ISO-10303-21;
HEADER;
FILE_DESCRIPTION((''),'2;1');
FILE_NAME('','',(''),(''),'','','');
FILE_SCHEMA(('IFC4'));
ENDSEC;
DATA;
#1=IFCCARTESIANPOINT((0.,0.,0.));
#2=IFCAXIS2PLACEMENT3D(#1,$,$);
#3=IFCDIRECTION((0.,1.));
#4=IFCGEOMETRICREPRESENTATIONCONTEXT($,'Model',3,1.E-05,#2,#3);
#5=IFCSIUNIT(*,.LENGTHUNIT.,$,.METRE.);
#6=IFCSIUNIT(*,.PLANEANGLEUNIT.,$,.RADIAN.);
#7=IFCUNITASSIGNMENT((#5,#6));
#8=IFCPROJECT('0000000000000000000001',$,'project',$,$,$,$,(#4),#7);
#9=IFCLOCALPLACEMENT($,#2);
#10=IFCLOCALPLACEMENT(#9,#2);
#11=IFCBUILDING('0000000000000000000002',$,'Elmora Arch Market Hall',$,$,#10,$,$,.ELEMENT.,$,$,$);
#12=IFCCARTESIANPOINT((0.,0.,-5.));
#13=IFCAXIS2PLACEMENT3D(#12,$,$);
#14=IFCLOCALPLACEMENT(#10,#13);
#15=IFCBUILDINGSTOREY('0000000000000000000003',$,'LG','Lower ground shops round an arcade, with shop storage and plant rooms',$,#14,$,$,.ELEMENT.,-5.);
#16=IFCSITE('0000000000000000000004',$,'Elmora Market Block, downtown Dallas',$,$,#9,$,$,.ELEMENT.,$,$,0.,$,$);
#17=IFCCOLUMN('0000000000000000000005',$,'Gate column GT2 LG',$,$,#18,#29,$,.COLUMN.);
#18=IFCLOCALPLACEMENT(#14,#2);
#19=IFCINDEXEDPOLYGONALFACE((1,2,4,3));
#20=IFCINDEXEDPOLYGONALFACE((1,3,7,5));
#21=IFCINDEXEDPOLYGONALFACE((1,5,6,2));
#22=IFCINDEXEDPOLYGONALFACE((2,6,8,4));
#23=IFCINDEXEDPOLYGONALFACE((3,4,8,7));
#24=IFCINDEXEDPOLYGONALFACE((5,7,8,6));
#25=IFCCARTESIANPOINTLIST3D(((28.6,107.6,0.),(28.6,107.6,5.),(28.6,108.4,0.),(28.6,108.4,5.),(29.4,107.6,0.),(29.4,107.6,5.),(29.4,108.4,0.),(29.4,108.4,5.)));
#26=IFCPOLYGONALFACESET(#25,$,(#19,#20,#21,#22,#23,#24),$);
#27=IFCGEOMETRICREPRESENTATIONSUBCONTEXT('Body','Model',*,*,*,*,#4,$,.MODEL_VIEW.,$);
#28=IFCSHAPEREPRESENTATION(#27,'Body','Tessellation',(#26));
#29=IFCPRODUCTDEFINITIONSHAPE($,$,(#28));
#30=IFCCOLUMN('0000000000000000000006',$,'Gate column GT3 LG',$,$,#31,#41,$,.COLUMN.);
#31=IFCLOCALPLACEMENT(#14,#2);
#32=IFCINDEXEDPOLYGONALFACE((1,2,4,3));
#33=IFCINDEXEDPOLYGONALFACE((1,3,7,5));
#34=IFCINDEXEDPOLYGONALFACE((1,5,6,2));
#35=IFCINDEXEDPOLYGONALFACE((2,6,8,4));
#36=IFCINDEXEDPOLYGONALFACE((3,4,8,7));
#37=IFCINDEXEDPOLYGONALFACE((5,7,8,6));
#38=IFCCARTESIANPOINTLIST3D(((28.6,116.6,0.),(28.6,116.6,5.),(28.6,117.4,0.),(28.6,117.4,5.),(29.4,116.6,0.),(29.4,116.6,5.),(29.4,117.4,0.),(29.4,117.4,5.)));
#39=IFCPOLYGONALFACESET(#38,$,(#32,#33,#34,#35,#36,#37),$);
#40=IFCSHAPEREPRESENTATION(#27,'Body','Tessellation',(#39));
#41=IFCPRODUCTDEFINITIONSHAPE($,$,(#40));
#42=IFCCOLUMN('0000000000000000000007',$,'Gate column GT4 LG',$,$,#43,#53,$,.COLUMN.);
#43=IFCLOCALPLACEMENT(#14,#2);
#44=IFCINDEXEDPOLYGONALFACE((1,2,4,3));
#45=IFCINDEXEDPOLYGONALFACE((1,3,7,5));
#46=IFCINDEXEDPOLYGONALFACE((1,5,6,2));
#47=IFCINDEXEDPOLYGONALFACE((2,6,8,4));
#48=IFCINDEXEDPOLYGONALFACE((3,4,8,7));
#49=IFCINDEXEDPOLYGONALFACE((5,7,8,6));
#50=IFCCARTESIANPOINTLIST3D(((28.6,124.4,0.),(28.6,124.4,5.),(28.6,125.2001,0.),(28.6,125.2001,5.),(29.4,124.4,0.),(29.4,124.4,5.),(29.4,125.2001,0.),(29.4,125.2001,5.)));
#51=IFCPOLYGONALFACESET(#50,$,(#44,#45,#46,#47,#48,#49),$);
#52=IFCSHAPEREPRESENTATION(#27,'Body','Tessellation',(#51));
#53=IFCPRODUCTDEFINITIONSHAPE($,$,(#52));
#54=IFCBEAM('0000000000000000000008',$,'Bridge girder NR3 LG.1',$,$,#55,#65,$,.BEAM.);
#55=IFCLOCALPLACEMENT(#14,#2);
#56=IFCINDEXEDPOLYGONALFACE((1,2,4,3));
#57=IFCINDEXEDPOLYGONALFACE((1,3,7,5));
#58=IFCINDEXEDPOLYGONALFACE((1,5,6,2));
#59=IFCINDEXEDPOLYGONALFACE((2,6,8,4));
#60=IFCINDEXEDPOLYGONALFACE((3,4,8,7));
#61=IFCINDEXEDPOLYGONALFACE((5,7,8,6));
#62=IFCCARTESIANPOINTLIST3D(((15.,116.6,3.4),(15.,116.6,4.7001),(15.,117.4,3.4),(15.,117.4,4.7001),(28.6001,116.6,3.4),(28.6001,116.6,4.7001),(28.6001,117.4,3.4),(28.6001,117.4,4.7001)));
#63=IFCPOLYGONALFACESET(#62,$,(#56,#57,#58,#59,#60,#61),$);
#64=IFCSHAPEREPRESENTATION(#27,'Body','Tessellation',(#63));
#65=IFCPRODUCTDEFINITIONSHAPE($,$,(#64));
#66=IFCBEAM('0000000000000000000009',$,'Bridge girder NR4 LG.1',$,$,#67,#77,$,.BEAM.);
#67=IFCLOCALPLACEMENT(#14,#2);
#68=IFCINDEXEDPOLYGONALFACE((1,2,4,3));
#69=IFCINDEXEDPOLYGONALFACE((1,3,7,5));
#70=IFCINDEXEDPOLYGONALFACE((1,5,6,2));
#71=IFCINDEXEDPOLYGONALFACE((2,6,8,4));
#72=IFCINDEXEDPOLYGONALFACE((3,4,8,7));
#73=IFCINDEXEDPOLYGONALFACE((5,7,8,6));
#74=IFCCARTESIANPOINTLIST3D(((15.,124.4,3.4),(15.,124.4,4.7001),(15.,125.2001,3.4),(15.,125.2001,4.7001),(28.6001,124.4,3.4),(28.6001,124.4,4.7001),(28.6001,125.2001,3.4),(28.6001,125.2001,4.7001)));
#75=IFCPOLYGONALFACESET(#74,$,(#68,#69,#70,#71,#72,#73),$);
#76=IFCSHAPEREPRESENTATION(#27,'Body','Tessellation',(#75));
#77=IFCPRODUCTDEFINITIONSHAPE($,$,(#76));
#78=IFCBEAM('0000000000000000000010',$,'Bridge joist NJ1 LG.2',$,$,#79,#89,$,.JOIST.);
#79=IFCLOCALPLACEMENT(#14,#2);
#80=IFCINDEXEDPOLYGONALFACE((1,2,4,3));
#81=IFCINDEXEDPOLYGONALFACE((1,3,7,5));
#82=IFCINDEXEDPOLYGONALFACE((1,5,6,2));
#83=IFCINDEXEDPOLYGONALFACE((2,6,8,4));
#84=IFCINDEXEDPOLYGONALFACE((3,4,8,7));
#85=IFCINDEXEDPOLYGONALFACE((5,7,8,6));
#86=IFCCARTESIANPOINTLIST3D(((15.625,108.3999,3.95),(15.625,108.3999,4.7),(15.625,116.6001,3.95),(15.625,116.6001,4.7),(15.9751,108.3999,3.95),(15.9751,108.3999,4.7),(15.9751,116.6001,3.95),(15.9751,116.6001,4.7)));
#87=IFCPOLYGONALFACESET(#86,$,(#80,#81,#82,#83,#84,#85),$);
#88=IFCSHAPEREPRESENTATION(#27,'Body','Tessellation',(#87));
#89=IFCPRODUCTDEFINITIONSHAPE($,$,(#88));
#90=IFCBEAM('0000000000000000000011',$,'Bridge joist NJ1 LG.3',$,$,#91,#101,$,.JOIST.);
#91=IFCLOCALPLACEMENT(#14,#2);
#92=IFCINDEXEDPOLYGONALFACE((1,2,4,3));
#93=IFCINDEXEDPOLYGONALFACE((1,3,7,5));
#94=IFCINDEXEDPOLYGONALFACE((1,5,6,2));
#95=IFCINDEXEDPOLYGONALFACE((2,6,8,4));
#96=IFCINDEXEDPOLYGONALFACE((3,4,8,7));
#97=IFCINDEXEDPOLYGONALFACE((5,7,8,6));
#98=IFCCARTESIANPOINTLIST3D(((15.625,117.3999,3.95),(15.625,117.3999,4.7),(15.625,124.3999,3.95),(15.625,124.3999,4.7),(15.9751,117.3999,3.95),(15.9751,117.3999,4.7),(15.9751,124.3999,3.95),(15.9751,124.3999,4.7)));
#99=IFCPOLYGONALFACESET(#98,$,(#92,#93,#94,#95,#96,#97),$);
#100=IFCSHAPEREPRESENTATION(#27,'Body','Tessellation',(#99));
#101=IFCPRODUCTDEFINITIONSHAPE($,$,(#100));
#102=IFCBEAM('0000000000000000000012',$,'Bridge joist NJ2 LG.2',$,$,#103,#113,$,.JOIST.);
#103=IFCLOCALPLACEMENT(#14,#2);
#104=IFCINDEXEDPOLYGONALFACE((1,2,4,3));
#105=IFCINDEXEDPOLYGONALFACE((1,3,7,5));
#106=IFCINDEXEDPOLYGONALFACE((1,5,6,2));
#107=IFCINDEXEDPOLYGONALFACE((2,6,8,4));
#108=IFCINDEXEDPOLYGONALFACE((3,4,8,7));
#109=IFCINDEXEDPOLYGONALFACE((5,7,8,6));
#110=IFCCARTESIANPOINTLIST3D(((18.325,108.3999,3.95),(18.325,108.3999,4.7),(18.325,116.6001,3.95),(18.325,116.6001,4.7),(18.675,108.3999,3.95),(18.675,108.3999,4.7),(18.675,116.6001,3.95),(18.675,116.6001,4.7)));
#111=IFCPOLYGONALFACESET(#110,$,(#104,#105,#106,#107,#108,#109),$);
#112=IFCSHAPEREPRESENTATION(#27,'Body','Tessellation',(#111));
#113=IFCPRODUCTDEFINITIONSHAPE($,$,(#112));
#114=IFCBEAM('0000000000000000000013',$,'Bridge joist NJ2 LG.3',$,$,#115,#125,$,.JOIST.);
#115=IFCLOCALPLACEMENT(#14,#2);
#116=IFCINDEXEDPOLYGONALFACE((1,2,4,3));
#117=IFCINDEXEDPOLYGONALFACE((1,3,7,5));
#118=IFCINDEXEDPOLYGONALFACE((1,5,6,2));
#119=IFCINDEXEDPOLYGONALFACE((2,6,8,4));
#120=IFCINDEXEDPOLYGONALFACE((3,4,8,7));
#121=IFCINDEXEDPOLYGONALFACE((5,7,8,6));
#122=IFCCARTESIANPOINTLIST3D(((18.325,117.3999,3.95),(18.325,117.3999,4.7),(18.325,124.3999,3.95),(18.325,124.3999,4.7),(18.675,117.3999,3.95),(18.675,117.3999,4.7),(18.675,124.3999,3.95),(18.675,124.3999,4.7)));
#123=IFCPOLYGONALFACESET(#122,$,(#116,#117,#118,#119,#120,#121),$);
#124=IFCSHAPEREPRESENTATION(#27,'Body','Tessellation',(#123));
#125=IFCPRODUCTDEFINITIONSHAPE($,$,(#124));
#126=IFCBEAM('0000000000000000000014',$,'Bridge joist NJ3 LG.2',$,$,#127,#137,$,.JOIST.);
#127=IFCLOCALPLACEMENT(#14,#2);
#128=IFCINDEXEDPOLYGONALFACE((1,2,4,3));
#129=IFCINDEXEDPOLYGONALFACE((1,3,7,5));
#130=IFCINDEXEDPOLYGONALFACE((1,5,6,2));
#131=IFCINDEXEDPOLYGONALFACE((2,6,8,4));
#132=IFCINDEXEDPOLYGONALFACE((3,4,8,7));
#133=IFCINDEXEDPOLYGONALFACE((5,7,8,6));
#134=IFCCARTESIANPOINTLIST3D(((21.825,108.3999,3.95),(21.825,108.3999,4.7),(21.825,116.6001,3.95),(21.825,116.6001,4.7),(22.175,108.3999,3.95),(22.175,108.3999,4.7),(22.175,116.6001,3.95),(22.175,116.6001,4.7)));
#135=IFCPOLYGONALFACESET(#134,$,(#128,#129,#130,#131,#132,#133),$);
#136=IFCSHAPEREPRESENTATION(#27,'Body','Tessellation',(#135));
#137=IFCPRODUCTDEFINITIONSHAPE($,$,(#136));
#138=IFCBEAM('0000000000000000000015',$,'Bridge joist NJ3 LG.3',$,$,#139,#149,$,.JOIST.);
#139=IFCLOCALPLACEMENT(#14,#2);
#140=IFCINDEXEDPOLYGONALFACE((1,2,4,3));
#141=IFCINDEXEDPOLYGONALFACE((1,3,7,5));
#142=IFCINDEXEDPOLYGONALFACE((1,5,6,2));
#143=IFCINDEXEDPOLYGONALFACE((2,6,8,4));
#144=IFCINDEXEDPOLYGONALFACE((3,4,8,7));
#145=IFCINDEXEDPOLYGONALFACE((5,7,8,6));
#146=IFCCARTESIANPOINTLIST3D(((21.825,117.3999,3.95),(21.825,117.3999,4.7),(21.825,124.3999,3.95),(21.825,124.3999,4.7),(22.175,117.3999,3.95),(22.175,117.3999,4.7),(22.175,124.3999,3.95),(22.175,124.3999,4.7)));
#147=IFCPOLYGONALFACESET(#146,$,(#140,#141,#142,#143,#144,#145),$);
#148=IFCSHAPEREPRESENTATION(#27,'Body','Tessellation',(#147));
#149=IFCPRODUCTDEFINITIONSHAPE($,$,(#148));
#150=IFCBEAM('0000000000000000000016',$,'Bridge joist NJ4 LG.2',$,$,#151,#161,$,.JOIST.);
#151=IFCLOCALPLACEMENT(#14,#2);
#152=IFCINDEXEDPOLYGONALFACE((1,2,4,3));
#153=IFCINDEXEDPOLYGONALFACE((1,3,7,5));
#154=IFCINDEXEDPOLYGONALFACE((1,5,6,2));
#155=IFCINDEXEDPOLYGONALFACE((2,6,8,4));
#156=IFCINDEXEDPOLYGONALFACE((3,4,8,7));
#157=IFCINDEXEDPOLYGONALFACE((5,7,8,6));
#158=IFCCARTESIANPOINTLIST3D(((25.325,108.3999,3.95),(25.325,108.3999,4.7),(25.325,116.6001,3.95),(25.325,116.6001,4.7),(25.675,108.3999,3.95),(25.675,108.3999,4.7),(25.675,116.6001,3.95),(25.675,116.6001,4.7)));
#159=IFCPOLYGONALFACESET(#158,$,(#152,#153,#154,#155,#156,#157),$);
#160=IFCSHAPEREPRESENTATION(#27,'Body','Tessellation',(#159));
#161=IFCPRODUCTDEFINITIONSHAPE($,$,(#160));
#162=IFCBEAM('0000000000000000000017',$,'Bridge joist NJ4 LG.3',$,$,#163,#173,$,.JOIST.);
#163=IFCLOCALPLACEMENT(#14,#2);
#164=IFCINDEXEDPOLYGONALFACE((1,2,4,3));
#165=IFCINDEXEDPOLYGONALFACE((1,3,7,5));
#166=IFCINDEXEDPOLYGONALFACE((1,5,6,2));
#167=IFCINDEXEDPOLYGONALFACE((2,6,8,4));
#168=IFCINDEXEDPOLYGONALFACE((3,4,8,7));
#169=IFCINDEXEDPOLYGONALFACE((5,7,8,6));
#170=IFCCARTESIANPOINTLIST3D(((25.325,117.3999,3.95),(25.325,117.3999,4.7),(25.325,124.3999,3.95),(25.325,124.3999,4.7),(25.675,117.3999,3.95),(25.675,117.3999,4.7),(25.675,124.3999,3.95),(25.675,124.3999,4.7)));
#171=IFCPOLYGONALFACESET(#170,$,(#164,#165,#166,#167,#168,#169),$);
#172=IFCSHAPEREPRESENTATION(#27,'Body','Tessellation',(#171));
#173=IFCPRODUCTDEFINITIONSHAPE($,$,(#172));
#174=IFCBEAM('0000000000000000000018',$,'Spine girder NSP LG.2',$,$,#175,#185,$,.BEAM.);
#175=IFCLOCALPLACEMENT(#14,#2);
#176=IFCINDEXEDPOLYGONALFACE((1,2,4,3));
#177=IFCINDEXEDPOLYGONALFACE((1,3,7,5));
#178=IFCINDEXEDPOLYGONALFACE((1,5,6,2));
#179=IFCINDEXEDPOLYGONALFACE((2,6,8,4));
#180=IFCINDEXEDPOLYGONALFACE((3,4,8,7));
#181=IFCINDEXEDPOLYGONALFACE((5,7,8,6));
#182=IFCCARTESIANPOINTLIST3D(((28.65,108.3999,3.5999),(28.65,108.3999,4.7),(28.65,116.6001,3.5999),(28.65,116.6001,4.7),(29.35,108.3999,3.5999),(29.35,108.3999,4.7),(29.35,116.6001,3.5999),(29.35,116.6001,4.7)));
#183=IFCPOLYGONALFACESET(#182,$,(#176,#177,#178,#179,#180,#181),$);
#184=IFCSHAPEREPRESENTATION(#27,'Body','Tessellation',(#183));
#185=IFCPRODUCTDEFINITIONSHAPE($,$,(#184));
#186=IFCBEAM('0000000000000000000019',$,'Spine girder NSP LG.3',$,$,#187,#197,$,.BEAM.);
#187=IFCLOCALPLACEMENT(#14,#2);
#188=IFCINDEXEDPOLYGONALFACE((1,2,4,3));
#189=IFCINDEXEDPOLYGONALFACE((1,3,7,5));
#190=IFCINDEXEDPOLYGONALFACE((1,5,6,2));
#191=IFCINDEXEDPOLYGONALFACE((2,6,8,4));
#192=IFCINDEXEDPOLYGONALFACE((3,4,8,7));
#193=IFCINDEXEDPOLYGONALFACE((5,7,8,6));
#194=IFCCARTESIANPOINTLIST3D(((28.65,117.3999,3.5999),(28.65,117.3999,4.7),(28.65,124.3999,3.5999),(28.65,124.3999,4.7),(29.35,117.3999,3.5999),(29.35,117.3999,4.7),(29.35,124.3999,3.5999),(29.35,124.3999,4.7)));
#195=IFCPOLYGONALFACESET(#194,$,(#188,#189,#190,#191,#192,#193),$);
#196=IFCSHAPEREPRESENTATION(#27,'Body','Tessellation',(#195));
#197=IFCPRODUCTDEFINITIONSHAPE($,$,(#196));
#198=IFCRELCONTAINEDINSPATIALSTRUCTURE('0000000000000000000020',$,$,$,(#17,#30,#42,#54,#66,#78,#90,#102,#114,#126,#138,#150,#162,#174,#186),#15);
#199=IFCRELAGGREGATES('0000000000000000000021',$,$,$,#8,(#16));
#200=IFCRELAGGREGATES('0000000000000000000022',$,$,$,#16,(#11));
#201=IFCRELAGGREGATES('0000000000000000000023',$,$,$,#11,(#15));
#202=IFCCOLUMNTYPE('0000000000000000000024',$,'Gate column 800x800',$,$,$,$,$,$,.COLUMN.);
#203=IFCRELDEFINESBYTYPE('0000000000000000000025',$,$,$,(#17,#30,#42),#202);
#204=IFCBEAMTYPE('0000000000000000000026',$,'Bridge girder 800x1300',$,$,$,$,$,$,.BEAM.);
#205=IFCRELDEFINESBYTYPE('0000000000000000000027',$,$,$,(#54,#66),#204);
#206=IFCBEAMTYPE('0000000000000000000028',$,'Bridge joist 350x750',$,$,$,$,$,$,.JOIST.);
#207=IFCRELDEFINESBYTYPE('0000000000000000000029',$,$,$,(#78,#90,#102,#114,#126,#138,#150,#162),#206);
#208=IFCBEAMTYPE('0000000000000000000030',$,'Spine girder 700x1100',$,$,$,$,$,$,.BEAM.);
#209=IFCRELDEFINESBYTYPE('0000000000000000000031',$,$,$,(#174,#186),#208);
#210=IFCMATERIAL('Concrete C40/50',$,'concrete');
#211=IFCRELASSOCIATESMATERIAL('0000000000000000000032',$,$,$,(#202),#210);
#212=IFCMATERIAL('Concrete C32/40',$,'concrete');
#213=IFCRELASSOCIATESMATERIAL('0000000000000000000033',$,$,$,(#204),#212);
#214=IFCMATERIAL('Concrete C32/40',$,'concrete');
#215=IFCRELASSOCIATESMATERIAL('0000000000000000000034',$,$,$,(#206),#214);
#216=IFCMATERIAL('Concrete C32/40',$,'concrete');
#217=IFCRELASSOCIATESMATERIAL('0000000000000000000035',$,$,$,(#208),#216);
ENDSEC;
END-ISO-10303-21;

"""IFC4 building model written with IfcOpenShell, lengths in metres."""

from ifc_helpers import new_model, si_unit, direction, frame, origin, origin_2d, place, context, subcontext, project, spatial, rectangle, extrude, material, material_profile, profile_set, type_object, element, save


model = new_model("IFC4")

# Units and contexts
model_context = context("Model", 3, precision=1e-05, world=origin(), true_north=direction((0.0, 1.0)))
body_context = subcontext(model_context, "Body", "Model", "MODEL_VIEW")
ifc_project = project(units=[si_unit("LENGTHUNIT", "METRE"), si_unit("PLANEANGLEUNIT", "RADIAN")], contexts=[model_context])

# Site, building, storey
site_placement = place(None, origin())
site = spatial("IfcSite", under=ifc_project, at=site_placement, Name="Elmora Market Block, downtown Dallas", CompositionType="ELEMENT", RefElevation=0.0)
building_placement = place(site_placement, origin())
building = spatial("IfcBuilding", under=site, at=building_placement, Name="Elmora Arch Market Hall", CompositionType="ELEMENT")
storey_placement = place(building_placement, frame((0.0, 0.0, -5.0)))
storey = spatial("IfcBuildingStorey", under=building, at=storey_placement, Name="LG", Description="Lower ground shops round an arcade, with shop storage and plant rooms", CompositionType="ELEMENT", Elevation=-5.0)

# Columns
ifc_material_1 = material(Name="Concrete C40/50", Category="concrete")
ifc_material_profile_1 = material_profile(ifc_material_1, rectangle(XDim=0.8, YDim=0.8, at=origin_2d()), Name="Gate column 800x800")
ifc_profile_set_1 = profile_set([ifc_material_profile_1], Name="Concrete C40/50")
column_type = type_object("IfcColumnType", Name="Gate column 800x800", PredefinedType="COLUMN", material=ifc_profile_set_1)
for number, where, z_axis, x_axis, name in (
    (1, (29.0, 108.0, 0.0), (0.0, 0.0, 1.0), (1.0, 0.0, 0.0), "Gate column GT2 LG"),
    (2, (29.0, 117.0, 0.0), (0.0, 0.0, 1.0), (1.0, 0.0, 0.0), "Gate column GT3 LG"),
    (3, (29.0, 124.8, 0.0), (0.0, 0.0, 1.0), (1.0, 0.0, 0.0), "Gate column GT4 LG"),
):
    element("IfcColumn", number, at=place(storey_placement, frame(where, z_axis=z_axis, x_axis=x_axis)), inside=storey, type_object=column_type, Name=name, PredefinedType="COLUMN", context=body_context, shape_type="SweptSolid", body=[
        extrude(rectangle(XDim=0.8, YDim=0.8, at=origin_2d()), origin(), (0.0, 0.0, 1.0), 5.0),
    ])

# Beams
ifc_material_2 = material(Name="Concrete C32/40", Category="concrete")
ifc_material_profile_2 = material_profile(ifc_material_2, rectangle(XDim=0.8, YDim=1.3, at=origin_2d()), Name="Bridge girder 800x1300")
ifc_profile_set_2 = profile_set([ifc_material_profile_2], Name="Concrete C32/40")
beam_type_1 = type_object("IfcBeamType", Name="Bridge girder 800x1300", PredefinedType="BEAM", material=ifc_profile_set_2)
for number, where, z_axis, x_axis, name in (
    (4, (15.0, 117.0, 4.05), (1.0, 0.0, 0.0), (0.0, 1.0, 0.0), "Bridge girder NR3 LG.1"),
    (5, (15.0, 124.8, 4.05), (1.0, 0.0, 0.0), (0.0, 1.0, 0.0), "Bridge girder NR4 LG.1"),
):
    element("IfcBeam", number, at=place(storey_placement, frame(where, z_axis=z_axis, x_axis=x_axis)), inside=storey, type_object=beam_type_1, Name=name, PredefinedType="BEAM", context=body_context, shape_type="SweptSolid", body=[
        extrude(rectangle(XDim=0.8, YDim=1.3, at=origin_2d()), origin(), (0.0, 0.0, 1.0), 13.6001),
    ])
ifc_material_3 = material(Name="Concrete C32/40", Category="concrete")
ifc_material_profile_3 = material_profile(ifc_material_3, rectangle(XDim=0.3501, YDim=0.75, at=origin_2d()), Name="Bridge joist 350x750")
ifc_profile_set_3 = profile_set([ifc_material_profile_3], Name="Concrete C32/40")
beam_type_2 = type_object("IfcBeamType", Name="Bridge joist 350x750", PredefinedType="JOIST", material=ifc_profile_set_3)
beam_1_placement = place(storey_placement, frame((15.8, 108.3999, 4.325), z_axis=(0.0, 1.0, 0.0), x_axis=(-1.0, 0.0, 0.0)))
element("IfcBeam", 6, at=beam_1_placement, inside=storey, type_object=beam_type_2, Name="Bridge joist NJ1 LG.2", PredefinedType="JOIST", context=body_context, shape_type="SweptSolid", body=[
    extrude(rectangle(XDim=0.3501, YDim=0.75, at=origin_2d()), origin(), (0.0, 0.0, 1.0), 8.2002),
])
beam_2_placement = place(storey_placement, frame((15.8, 117.3999, 4.325), z_axis=(0.0, 1.0, 0.0), x_axis=(-1.0, 0.0, 0.0)))
element("IfcBeam", 7, at=beam_2_placement, inside=storey, type_object=beam_type_2, Name="Bridge joist NJ1 LG.3", PredefinedType="JOIST", context=body_context, shape_type="SweptSolid", body=[
    extrude(rectangle(XDim=0.3501, YDim=0.75, at=origin_2d()), origin(), (0.0, 0.0, 1.0), 7.0),
])
beam_3_placement = place(storey_placement, frame((18.5, 108.3999, 4.325), z_axis=(0.0, 1.0, 0.0), x_axis=(-1.0, 0.0, 0.0)))
element("IfcBeam", 8, at=beam_3_placement, inside=storey, type_object=beam_type_2, Name="Bridge joist NJ2 LG.2", PredefinedType="JOIST", context=body_context, shape_type="SweptSolid", body=[
    extrude(rectangle(XDim=0.3501, YDim=0.75, at=origin_2d()), origin(), (0.0, 0.0, 1.0), 8.2002),
])
beam_4_placement = place(storey_placement, frame((18.5, 117.3999, 4.325), z_axis=(0.0, 1.0, 0.0), x_axis=(-1.0, 0.0, 0.0)))
element("IfcBeam", 9, at=beam_4_placement, inside=storey, type_object=beam_type_2, Name="Bridge joist NJ2 LG.3", PredefinedType="JOIST", context=body_context, shape_type="SweptSolid", body=[
    extrude(rectangle(XDim=0.3501, YDim=0.75, at=origin_2d()), origin(), (0.0, 0.0, 1.0), 7.0),
])
beam_5_placement = place(storey_placement, frame((22.0, 108.3999, 4.325), z_axis=(0.0, 1.0, 0.0), x_axis=(-1.0, 0.0, 0.0)))
element("IfcBeam", 10, at=beam_5_placement, inside=storey, type_object=beam_type_2, Name="Bridge joist NJ3 LG.2", PredefinedType="JOIST", context=body_context, shape_type="SweptSolid", body=[
    extrude(rectangle(XDim=0.3501, YDim=0.75, at=origin_2d()), origin(), (0.0, 0.0, 1.0), 8.2002),
])
beam_6_placement = place(storey_placement, frame((22.0, 117.3999, 4.325), z_axis=(0.0, 1.0, 0.0), x_axis=(-1.0, 0.0, 0.0)))
element("IfcBeam", 11, at=beam_6_placement, inside=storey, type_object=beam_type_2, Name="Bridge joist NJ3 LG.3", PredefinedType="JOIST", context=body_context, shape_type="SweptSolid", body=[
    extrude(rectangle(XDim=0.3501, YDim=0.75, at=origin_2d()), origin(), (0.0, 0.0, 1.0), 7.0),
])
beam_7_placement = place(storey_placement, frame((25.5, 108.3999, 4.325), z_axis=(0.0, 1.0, 0.0), x_axis=(-1.0, 0.0, 0.0)))
element("IfcBeam", 12, at=beam_7_placement, inside=storey, type_object=beam_type_2, Name="Bridge joist NJ4 LG.2", PredefinedType="JOIST", context=body_context, shape_type="SweptSolid", body=[
    extrude(rectangle(XDim=0.3501, YDim=0.75, at=origin_2d()), origin(), (0.0, 0.0, 1.0), 8.2002),
])
beam_8_placement = place(storey_placement, frame((25.5, 117.3999, 4.325), z_axis=(0.0, 1.0, 0.0), x_axis=(-1.0, 0.0, 0.0)))
element("IfcBeam", 13, at=beam_8_placement, inside=storey, type_object=beam_type_2, Name="Bridge joist NJ4 LG.3", PredefinedType="JOIST", context=body_context, shape_type="SweptSolid", body=[
    extrude(rectangle(XDim=0.3501, YDim=0.75, at=origin_2d()), origin(), (0.0, 0.0, 1.0), 7.0),
])
ifc_material_4 = material(Name="Concrete C32/40", Category="concrete")
ifc_material_profile_4 = material_profile(ifc_material_4, rectangle(XDim=0.7, YDim=1.1001, at=origin_2d()), Name="Spine girder 700x1100")
ifc_profile_set_4 = profile_set([ifc_material_profile_4], Name="Concrete C32/40")
beam_type_3 = type_object("IfcBeamType", Name="Spine girder 700x1100", PredefinedType="BEAM", material=ifc_profile_set_4)
beam_9_placement = place(storey_placement, frame((29.0, 108.3999, 4.1499), z_axis=(0.0, 1.0, 0.0), x_axis=(-1.0, 0.0, 0.0)))
element("IfcBeam", 14, at=beam_9_placement, inside=storey, type_object=beam_type_3, Name="Spine girder NSP LG.2", PredefinedType="BEAM", context=body_context, shape_type="SweptSolid", body=[
    extrude(rectangle(XDim=0.7, YDim=1.1001, at=origin_2d()), origin(), (0.0, 0.0, 1.0), 8.2002),
])
beam_10_placement = place(storey_placement, frame((29.0, 117.3999, 4.1499), z_axis=(0.0, 1.0, 0.0), x_axis=(-1.0, 0.0, 0.0)))
element("IfcBeam", 15, at=beam_10_placement, inside=storey, type_object=beam_type_3, Name="Spine girder NSP LG.3", PredefinedType="BEAM", context=body_context, shape_type="SweptSolid", body=[
    extrude(rectangle(XDim=0.7, YDim=1.1001, at=origin_2d()), origin(), (0.0, 0.0, 1.0), 7.0),
])

save(model, "model.ifc")
